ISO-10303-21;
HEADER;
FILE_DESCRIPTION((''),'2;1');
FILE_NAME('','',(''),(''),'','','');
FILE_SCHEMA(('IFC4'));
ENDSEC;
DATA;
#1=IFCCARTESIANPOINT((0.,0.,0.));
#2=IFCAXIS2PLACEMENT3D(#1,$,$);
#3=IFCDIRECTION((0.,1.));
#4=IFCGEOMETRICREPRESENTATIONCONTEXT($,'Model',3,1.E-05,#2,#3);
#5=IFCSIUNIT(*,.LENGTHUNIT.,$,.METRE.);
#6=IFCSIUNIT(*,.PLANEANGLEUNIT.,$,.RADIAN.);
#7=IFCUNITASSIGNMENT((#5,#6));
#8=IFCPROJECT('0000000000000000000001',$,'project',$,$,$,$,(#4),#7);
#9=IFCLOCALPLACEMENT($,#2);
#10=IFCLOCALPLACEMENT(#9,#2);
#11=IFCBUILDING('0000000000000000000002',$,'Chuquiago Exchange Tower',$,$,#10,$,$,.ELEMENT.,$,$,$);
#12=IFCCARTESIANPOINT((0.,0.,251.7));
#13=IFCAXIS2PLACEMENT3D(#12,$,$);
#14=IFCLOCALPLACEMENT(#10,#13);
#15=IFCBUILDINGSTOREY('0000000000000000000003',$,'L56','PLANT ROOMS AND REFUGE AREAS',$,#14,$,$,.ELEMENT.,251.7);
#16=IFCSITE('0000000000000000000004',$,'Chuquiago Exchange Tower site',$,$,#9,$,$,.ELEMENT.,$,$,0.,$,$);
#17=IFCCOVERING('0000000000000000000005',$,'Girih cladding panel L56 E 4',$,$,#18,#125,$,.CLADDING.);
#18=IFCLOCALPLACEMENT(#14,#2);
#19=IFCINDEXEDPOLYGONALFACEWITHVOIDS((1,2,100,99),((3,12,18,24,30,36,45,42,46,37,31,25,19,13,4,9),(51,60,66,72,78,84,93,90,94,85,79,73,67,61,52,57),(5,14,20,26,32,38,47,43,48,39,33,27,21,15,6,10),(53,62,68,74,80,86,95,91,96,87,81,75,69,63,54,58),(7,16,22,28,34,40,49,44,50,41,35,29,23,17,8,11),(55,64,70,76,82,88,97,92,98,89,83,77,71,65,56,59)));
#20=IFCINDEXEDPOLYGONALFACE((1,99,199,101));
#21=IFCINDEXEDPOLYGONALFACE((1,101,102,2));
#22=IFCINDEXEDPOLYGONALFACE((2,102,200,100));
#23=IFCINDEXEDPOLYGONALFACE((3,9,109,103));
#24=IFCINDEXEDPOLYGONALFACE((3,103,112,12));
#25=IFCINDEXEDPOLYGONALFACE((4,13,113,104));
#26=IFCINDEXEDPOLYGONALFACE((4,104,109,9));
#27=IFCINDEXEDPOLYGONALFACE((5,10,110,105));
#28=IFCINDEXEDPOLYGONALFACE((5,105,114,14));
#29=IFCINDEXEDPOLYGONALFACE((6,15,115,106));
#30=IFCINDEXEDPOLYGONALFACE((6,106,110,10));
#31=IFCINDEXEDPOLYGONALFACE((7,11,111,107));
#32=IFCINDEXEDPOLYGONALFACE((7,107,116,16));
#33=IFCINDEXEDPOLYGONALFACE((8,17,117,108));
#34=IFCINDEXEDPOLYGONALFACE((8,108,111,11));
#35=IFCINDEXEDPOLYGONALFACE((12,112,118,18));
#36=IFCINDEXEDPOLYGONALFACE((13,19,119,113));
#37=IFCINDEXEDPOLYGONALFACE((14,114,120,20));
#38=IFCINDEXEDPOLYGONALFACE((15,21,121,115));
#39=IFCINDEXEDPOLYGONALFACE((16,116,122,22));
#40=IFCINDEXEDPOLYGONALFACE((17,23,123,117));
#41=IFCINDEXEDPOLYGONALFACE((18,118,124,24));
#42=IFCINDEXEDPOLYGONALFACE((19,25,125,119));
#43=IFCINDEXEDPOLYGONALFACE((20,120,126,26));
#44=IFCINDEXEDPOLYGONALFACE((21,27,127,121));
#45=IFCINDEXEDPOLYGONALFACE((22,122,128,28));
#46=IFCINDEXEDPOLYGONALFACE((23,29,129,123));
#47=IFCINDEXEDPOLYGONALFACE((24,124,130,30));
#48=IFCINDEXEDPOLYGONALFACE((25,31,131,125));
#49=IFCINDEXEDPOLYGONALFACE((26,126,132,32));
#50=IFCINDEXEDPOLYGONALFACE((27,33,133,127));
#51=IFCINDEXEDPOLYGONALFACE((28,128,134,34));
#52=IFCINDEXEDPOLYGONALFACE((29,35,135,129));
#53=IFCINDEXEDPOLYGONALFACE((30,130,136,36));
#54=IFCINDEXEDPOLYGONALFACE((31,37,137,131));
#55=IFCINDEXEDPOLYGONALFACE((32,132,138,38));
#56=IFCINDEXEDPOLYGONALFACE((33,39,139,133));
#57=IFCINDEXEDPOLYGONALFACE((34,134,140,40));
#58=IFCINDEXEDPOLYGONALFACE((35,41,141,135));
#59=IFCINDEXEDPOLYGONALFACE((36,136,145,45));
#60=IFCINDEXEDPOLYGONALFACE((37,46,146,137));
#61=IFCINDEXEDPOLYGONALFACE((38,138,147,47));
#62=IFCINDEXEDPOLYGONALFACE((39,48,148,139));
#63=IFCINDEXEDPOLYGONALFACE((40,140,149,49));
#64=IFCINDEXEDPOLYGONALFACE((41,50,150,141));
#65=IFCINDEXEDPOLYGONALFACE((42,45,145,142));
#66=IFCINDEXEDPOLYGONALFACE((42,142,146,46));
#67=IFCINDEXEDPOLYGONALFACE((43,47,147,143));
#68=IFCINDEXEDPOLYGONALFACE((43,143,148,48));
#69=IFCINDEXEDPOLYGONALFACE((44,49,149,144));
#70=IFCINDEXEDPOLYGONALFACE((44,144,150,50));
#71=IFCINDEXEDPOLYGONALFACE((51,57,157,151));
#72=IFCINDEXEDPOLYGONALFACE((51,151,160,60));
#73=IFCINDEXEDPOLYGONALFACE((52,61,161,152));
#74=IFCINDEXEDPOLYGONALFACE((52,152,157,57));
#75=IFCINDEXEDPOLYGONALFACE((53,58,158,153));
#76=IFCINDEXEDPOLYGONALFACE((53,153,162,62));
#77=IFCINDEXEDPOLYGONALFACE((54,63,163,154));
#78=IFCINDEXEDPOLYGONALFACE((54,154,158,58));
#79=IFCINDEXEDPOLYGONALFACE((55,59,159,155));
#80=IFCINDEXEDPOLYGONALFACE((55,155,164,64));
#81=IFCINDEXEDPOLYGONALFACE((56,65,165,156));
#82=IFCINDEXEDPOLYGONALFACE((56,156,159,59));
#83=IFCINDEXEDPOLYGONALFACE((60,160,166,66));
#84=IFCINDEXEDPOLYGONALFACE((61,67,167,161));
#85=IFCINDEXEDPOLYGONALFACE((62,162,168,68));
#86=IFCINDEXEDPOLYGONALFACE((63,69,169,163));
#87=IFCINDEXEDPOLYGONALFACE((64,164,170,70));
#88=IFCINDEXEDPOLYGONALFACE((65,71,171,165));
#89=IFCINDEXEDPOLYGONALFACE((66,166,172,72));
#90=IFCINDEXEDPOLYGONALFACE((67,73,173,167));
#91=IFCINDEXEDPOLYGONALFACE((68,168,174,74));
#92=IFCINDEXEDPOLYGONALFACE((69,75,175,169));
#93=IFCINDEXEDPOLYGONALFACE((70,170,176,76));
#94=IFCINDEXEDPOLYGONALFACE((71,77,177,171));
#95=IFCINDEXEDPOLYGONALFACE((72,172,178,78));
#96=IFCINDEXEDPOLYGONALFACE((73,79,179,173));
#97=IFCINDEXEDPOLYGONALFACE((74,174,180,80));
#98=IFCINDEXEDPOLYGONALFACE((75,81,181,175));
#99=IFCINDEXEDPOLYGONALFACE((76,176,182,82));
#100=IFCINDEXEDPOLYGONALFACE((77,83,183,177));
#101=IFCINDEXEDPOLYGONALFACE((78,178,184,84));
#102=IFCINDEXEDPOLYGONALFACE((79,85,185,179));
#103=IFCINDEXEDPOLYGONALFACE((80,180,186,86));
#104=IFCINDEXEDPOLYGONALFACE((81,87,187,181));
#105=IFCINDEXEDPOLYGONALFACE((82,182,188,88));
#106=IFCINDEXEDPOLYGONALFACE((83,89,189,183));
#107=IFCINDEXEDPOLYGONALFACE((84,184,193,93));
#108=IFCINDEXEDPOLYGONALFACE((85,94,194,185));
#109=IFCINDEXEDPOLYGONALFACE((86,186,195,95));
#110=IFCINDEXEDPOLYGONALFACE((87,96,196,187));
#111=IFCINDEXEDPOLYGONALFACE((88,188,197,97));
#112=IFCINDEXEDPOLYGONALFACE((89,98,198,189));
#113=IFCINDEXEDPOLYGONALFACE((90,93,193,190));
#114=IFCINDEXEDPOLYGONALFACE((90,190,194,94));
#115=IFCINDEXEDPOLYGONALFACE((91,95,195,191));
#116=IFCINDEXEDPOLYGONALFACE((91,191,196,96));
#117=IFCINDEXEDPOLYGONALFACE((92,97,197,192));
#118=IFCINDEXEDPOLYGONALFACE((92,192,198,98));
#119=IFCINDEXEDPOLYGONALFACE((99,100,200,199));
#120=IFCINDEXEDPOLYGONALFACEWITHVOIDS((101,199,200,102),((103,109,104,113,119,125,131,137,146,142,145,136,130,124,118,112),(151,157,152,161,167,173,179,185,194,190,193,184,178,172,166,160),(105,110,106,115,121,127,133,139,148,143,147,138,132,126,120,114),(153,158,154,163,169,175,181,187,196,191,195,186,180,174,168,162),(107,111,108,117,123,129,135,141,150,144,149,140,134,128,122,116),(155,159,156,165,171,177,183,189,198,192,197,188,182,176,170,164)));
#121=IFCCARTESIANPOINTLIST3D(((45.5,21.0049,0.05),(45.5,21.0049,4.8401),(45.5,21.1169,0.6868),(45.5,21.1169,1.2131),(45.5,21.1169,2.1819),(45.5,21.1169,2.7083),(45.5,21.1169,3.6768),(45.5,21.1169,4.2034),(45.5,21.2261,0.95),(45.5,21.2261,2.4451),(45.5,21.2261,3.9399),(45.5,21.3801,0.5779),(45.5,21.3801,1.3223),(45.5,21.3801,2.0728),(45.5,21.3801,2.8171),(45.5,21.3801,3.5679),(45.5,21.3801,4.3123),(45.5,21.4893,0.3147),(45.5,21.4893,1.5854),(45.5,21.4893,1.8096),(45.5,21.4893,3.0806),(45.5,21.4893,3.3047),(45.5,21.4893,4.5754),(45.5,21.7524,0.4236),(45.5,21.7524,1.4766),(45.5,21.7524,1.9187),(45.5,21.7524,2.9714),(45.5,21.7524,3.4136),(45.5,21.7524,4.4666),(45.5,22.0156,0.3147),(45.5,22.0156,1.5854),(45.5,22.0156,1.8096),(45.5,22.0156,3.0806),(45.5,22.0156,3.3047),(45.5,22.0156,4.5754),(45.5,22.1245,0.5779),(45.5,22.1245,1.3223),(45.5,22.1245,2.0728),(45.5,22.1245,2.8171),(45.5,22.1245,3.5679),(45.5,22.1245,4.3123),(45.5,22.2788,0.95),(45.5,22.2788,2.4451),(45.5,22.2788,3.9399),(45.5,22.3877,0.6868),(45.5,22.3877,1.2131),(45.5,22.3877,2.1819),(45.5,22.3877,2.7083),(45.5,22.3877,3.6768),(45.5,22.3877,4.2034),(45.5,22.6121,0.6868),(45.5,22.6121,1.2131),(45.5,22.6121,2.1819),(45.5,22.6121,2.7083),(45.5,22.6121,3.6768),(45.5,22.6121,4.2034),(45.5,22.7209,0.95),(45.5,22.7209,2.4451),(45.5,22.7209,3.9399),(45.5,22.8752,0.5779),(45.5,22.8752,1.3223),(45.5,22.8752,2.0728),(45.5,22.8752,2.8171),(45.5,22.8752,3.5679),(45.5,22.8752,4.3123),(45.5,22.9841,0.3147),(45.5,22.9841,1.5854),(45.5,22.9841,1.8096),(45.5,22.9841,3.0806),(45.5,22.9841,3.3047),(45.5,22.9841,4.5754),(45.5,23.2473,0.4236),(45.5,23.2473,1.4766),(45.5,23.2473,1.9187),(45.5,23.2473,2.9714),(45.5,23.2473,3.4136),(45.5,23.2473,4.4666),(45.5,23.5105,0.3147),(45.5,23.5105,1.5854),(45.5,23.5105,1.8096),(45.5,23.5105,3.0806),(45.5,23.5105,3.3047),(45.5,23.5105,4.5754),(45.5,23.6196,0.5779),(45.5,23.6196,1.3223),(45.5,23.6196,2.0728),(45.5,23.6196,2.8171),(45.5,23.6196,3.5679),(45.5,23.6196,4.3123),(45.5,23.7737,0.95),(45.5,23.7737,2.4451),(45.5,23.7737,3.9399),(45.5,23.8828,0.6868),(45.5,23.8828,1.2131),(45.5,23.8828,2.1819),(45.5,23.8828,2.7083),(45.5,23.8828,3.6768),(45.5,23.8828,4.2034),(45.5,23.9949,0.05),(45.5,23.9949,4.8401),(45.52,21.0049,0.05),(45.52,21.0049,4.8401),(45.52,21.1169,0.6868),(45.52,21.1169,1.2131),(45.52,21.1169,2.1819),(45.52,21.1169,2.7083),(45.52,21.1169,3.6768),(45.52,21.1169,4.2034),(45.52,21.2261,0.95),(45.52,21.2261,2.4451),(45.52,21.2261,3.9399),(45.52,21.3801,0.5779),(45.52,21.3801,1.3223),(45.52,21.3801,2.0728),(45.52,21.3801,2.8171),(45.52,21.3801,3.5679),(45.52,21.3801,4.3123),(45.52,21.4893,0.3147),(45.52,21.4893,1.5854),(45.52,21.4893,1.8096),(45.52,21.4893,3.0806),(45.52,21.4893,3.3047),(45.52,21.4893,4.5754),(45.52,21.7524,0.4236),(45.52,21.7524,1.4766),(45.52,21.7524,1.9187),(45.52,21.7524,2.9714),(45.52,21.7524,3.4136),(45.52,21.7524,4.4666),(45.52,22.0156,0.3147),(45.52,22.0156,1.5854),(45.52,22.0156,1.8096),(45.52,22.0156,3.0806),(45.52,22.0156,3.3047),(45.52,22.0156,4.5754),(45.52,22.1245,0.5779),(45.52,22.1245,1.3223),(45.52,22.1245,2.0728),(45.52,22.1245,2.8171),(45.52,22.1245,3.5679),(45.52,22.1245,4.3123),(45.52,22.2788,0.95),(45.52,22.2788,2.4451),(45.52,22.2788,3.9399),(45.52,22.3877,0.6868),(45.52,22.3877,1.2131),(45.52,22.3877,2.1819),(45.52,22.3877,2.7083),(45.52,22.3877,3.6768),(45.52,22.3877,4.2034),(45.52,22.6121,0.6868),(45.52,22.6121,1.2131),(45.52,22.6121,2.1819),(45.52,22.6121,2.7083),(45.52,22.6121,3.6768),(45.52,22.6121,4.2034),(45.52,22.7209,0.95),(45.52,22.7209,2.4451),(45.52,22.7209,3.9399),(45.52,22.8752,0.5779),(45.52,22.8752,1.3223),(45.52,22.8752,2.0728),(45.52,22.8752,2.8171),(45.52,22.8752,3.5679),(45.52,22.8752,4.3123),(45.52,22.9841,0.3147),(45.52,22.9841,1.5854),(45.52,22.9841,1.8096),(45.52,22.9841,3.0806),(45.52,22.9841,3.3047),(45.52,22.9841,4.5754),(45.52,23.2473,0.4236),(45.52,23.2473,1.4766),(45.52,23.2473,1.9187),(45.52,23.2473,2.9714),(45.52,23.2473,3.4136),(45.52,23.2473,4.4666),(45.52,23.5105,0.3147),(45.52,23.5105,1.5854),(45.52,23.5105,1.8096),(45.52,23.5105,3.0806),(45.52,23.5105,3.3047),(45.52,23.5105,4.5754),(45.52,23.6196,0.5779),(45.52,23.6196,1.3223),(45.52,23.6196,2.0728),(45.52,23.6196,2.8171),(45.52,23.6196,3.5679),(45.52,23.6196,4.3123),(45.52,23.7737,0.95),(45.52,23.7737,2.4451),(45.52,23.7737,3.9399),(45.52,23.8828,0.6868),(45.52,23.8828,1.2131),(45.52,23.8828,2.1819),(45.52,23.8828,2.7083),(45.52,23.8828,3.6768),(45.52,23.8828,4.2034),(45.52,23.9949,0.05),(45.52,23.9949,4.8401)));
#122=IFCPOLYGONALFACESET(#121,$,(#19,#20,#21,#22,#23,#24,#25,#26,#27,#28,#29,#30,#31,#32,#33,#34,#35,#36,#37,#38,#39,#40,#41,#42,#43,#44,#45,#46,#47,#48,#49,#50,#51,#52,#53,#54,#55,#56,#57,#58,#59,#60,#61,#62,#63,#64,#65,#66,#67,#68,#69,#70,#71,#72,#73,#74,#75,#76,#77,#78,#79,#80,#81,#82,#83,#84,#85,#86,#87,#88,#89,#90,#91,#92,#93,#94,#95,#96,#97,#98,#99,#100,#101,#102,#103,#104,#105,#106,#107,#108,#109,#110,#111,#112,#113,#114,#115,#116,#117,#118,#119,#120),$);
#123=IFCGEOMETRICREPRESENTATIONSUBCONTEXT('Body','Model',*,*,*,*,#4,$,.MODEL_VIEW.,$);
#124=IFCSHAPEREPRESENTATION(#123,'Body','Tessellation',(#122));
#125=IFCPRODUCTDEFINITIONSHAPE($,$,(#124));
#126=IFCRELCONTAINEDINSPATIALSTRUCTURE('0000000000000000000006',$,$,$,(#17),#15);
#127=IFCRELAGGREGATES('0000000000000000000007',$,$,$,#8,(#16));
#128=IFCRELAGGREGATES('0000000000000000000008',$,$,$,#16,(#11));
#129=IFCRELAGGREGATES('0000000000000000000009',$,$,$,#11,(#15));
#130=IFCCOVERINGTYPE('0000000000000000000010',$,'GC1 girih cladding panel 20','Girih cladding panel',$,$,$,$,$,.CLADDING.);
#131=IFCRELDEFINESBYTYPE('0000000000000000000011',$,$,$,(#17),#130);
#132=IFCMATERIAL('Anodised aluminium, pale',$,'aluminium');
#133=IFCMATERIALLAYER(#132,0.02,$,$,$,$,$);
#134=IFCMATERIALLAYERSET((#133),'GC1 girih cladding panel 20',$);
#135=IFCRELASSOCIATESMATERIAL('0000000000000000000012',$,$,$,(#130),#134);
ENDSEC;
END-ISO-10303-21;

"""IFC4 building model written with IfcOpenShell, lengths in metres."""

from ifc_helpers import new_model, si_unit, direction, frame, origin, place, context, subcontext, project, spatial, polyline, outline, extrude, material, layer, layer_set, type_object, element, save


model = new_model("IFC4")

# Units and contexts
model_context = context("Model", 3, precision=1e-05, world=origin(), true_north=direction((0.0, 1.0)))
body_context = subcontext(model_context, "Body", "Model", "MODEL_VIEW")
ifc_project = project(units=[si_unit("LENGTHUNIT", "METRE"), si_unit("PLANEANGLEUNIT", "RADIAN")], contexts=[model_context])

# Site, building, storey
site_placement = place(None, origin())
site = spatial("IfcSite", under=ifc_project, at=site_placement, Name="Chuquiago Exchange Tower site", CompositionType="ELEMENT", RefElevation=0.0)
building_placement = place(site_placement, origin())
building = spatial("IfcBuilding", under=site, at=building_placement, Name="Chuquiago Exchange Tower", CompositionType="ELEMENT")
storey_placement = place(building_placement, frame((0.0, 0.0, 251.7)))
storey = spatial("IfcBuildingStorey", under=building, at=storey_placement, Name="L56", Description="PLANT ROOMS AND REFUGE AREAS", CompositionType="ELEMENT", Elevation=251.7)

# Covering
ifc_material_1 = material(Name="Anodised aluminium, pale", Category="aluminium")
ifc_layer_1 = layer(ifc_material_1, 0.02)
ifc_layer_set_1 = layer_set([ifc_layer_1], Name="GC1 girih cladding panel 20")
covering_type_1 = type_object("IfcCoveringType", Name="GC1 girih cladding panel 20", Description="Girih cladding panel", PredefinedType="CLADDING", material=ifc_layer_set_1)
covering_1_placement = place(storey_placement, frame((45.5, 21.0049, 0.05), z_axis=(0.0, 0.0, 1.0), x_axis=(0.0, 1.0, 0.0)))
element("IfcCovering", 1, at=covering_1_placement, inside=storey, type_object=covering_type_1, Name="Girih cladding panel L56 E 4", PredefinedType="CLADDING", context=body_context, shape_type="SweptSolid", body=[
    extrude(outline(polyline([(0.0, 0.0), (2.99, 0.0), (2.99, 4.79), (0.0, 4.79), (0.0, 0.0)]), holes=[polyline([(1.2739, 0.8999), (1.3828, 1.1631), (1.1196, 1.2722), (1.0107, 1.5354), (0.7476, 1.4265), (0.4844, 1.5354), (0.3752, 1.2722), (0.1121, 1.1631), (0.2212, 0.8999), (0.1121, 0.6367), (0.3752, 0.5278), (0.4844, 0.2646), (0.7476, 0.3735), (1.0107, 0.2646), (1.1196, 0.5278), (1.3828, 0.6367), (1.2739, 0.8999)]), polyline([(2.7688, 0.8999), (2.8779, 1.1631), (2.6147, 1.2722), (2.5056, 1.5354), (2.2424, 1.4265), (1.9792, 1.5354), (1.8704, 1.2722), (1.6072, 1.1631), (1.7161, 0.8999), (1.6072, 0.6367), (1.8704, 0.5278), (1.9792, 0.2646), (2.2424, 0.3735), (2.5056, 0.2646), (2.6147, 0.5278), (2.8779, 0.6367), (2.7688, 0.8999)]), polyline([(1.2739, 2.395), (1.3828, 2.6582), (1.1196, 2.7671), (1.0107, 3.0305), (0.7476, 2.9214), (0.4844, 3.0305), (0.3752, 2.7671), (0.1121, 2.6582), (0.2212, 2.395), (0.1121, 2.1318), (0.3752, 2.0227), (0.4844, 1.7595), (0.7476, 1.8687), (1.0107, 1.7595), (1.1196, 2.0227), (1.3828, 2.1318), (1.2739, 2.395)]), polyline([(2.7688, 2.395), (2.8779, 2.6582), (2.6147, 2.7671), (2.5056, 3.0305), (2.2424, 2.9214), (1.9792, 3.0305), (1.8704, 2.7671), (1.6072, 2.6582), (1.7161, 2.395), (1.6072, 2.1318), (1.8704, 2.0227), (1.9792, 1.7595), (2.2424, 1.8687), (2.5056, 1.7595), (2.6147, 2.0227), (2.8779, 2.1318), (2.7688, 2.395)]), polyline([(1.2739, 3.8899), (1.3828, 4.1533), (1.1196, 4.2622), (1.0107, 4.5254), (0.7476, 4.4165), (0.4844, 4.5254), (0.3752, 4.2622), (0.1121, 4.1533), (0.2212, 3.8899), (0.1121, 3.6267), (0.3752, 3.5178), (0.4844, 3.2546), (0.7476, 3.3635), (1.0107, 3.2546), (1.1196, 3.5178), (1.3828, 3.6267), (1.2739, 3.8899)]), polyline([(2.7688, 3.8899), (2.8779, 4.1533), (2.6147, 4.2622), (2.5056, 4.5254), (2.2424, 4.4165), (1.9792, 4.5254), (1.8704, 4.2622), (1.6072, 4.1533), (1.7161, 3.8899), (1.6072, 3.6267), (1.8704, 3.5178), (1.9792, 3.2546), (2.2424, 3.3635), (2.5056, 3.2546), (2.6147, 3.5178), (2.8779, 3.6267), (2.7688, 3.8899)])]), frame((0.0, 0.0, 0.0), z_axis=(0.0, -1.0, 0.0), x_axis=(1.0, 0.0, 0.0)), (0.0, 0.0, 1.0), 0.02),
])

save(model, "model.ifc")
